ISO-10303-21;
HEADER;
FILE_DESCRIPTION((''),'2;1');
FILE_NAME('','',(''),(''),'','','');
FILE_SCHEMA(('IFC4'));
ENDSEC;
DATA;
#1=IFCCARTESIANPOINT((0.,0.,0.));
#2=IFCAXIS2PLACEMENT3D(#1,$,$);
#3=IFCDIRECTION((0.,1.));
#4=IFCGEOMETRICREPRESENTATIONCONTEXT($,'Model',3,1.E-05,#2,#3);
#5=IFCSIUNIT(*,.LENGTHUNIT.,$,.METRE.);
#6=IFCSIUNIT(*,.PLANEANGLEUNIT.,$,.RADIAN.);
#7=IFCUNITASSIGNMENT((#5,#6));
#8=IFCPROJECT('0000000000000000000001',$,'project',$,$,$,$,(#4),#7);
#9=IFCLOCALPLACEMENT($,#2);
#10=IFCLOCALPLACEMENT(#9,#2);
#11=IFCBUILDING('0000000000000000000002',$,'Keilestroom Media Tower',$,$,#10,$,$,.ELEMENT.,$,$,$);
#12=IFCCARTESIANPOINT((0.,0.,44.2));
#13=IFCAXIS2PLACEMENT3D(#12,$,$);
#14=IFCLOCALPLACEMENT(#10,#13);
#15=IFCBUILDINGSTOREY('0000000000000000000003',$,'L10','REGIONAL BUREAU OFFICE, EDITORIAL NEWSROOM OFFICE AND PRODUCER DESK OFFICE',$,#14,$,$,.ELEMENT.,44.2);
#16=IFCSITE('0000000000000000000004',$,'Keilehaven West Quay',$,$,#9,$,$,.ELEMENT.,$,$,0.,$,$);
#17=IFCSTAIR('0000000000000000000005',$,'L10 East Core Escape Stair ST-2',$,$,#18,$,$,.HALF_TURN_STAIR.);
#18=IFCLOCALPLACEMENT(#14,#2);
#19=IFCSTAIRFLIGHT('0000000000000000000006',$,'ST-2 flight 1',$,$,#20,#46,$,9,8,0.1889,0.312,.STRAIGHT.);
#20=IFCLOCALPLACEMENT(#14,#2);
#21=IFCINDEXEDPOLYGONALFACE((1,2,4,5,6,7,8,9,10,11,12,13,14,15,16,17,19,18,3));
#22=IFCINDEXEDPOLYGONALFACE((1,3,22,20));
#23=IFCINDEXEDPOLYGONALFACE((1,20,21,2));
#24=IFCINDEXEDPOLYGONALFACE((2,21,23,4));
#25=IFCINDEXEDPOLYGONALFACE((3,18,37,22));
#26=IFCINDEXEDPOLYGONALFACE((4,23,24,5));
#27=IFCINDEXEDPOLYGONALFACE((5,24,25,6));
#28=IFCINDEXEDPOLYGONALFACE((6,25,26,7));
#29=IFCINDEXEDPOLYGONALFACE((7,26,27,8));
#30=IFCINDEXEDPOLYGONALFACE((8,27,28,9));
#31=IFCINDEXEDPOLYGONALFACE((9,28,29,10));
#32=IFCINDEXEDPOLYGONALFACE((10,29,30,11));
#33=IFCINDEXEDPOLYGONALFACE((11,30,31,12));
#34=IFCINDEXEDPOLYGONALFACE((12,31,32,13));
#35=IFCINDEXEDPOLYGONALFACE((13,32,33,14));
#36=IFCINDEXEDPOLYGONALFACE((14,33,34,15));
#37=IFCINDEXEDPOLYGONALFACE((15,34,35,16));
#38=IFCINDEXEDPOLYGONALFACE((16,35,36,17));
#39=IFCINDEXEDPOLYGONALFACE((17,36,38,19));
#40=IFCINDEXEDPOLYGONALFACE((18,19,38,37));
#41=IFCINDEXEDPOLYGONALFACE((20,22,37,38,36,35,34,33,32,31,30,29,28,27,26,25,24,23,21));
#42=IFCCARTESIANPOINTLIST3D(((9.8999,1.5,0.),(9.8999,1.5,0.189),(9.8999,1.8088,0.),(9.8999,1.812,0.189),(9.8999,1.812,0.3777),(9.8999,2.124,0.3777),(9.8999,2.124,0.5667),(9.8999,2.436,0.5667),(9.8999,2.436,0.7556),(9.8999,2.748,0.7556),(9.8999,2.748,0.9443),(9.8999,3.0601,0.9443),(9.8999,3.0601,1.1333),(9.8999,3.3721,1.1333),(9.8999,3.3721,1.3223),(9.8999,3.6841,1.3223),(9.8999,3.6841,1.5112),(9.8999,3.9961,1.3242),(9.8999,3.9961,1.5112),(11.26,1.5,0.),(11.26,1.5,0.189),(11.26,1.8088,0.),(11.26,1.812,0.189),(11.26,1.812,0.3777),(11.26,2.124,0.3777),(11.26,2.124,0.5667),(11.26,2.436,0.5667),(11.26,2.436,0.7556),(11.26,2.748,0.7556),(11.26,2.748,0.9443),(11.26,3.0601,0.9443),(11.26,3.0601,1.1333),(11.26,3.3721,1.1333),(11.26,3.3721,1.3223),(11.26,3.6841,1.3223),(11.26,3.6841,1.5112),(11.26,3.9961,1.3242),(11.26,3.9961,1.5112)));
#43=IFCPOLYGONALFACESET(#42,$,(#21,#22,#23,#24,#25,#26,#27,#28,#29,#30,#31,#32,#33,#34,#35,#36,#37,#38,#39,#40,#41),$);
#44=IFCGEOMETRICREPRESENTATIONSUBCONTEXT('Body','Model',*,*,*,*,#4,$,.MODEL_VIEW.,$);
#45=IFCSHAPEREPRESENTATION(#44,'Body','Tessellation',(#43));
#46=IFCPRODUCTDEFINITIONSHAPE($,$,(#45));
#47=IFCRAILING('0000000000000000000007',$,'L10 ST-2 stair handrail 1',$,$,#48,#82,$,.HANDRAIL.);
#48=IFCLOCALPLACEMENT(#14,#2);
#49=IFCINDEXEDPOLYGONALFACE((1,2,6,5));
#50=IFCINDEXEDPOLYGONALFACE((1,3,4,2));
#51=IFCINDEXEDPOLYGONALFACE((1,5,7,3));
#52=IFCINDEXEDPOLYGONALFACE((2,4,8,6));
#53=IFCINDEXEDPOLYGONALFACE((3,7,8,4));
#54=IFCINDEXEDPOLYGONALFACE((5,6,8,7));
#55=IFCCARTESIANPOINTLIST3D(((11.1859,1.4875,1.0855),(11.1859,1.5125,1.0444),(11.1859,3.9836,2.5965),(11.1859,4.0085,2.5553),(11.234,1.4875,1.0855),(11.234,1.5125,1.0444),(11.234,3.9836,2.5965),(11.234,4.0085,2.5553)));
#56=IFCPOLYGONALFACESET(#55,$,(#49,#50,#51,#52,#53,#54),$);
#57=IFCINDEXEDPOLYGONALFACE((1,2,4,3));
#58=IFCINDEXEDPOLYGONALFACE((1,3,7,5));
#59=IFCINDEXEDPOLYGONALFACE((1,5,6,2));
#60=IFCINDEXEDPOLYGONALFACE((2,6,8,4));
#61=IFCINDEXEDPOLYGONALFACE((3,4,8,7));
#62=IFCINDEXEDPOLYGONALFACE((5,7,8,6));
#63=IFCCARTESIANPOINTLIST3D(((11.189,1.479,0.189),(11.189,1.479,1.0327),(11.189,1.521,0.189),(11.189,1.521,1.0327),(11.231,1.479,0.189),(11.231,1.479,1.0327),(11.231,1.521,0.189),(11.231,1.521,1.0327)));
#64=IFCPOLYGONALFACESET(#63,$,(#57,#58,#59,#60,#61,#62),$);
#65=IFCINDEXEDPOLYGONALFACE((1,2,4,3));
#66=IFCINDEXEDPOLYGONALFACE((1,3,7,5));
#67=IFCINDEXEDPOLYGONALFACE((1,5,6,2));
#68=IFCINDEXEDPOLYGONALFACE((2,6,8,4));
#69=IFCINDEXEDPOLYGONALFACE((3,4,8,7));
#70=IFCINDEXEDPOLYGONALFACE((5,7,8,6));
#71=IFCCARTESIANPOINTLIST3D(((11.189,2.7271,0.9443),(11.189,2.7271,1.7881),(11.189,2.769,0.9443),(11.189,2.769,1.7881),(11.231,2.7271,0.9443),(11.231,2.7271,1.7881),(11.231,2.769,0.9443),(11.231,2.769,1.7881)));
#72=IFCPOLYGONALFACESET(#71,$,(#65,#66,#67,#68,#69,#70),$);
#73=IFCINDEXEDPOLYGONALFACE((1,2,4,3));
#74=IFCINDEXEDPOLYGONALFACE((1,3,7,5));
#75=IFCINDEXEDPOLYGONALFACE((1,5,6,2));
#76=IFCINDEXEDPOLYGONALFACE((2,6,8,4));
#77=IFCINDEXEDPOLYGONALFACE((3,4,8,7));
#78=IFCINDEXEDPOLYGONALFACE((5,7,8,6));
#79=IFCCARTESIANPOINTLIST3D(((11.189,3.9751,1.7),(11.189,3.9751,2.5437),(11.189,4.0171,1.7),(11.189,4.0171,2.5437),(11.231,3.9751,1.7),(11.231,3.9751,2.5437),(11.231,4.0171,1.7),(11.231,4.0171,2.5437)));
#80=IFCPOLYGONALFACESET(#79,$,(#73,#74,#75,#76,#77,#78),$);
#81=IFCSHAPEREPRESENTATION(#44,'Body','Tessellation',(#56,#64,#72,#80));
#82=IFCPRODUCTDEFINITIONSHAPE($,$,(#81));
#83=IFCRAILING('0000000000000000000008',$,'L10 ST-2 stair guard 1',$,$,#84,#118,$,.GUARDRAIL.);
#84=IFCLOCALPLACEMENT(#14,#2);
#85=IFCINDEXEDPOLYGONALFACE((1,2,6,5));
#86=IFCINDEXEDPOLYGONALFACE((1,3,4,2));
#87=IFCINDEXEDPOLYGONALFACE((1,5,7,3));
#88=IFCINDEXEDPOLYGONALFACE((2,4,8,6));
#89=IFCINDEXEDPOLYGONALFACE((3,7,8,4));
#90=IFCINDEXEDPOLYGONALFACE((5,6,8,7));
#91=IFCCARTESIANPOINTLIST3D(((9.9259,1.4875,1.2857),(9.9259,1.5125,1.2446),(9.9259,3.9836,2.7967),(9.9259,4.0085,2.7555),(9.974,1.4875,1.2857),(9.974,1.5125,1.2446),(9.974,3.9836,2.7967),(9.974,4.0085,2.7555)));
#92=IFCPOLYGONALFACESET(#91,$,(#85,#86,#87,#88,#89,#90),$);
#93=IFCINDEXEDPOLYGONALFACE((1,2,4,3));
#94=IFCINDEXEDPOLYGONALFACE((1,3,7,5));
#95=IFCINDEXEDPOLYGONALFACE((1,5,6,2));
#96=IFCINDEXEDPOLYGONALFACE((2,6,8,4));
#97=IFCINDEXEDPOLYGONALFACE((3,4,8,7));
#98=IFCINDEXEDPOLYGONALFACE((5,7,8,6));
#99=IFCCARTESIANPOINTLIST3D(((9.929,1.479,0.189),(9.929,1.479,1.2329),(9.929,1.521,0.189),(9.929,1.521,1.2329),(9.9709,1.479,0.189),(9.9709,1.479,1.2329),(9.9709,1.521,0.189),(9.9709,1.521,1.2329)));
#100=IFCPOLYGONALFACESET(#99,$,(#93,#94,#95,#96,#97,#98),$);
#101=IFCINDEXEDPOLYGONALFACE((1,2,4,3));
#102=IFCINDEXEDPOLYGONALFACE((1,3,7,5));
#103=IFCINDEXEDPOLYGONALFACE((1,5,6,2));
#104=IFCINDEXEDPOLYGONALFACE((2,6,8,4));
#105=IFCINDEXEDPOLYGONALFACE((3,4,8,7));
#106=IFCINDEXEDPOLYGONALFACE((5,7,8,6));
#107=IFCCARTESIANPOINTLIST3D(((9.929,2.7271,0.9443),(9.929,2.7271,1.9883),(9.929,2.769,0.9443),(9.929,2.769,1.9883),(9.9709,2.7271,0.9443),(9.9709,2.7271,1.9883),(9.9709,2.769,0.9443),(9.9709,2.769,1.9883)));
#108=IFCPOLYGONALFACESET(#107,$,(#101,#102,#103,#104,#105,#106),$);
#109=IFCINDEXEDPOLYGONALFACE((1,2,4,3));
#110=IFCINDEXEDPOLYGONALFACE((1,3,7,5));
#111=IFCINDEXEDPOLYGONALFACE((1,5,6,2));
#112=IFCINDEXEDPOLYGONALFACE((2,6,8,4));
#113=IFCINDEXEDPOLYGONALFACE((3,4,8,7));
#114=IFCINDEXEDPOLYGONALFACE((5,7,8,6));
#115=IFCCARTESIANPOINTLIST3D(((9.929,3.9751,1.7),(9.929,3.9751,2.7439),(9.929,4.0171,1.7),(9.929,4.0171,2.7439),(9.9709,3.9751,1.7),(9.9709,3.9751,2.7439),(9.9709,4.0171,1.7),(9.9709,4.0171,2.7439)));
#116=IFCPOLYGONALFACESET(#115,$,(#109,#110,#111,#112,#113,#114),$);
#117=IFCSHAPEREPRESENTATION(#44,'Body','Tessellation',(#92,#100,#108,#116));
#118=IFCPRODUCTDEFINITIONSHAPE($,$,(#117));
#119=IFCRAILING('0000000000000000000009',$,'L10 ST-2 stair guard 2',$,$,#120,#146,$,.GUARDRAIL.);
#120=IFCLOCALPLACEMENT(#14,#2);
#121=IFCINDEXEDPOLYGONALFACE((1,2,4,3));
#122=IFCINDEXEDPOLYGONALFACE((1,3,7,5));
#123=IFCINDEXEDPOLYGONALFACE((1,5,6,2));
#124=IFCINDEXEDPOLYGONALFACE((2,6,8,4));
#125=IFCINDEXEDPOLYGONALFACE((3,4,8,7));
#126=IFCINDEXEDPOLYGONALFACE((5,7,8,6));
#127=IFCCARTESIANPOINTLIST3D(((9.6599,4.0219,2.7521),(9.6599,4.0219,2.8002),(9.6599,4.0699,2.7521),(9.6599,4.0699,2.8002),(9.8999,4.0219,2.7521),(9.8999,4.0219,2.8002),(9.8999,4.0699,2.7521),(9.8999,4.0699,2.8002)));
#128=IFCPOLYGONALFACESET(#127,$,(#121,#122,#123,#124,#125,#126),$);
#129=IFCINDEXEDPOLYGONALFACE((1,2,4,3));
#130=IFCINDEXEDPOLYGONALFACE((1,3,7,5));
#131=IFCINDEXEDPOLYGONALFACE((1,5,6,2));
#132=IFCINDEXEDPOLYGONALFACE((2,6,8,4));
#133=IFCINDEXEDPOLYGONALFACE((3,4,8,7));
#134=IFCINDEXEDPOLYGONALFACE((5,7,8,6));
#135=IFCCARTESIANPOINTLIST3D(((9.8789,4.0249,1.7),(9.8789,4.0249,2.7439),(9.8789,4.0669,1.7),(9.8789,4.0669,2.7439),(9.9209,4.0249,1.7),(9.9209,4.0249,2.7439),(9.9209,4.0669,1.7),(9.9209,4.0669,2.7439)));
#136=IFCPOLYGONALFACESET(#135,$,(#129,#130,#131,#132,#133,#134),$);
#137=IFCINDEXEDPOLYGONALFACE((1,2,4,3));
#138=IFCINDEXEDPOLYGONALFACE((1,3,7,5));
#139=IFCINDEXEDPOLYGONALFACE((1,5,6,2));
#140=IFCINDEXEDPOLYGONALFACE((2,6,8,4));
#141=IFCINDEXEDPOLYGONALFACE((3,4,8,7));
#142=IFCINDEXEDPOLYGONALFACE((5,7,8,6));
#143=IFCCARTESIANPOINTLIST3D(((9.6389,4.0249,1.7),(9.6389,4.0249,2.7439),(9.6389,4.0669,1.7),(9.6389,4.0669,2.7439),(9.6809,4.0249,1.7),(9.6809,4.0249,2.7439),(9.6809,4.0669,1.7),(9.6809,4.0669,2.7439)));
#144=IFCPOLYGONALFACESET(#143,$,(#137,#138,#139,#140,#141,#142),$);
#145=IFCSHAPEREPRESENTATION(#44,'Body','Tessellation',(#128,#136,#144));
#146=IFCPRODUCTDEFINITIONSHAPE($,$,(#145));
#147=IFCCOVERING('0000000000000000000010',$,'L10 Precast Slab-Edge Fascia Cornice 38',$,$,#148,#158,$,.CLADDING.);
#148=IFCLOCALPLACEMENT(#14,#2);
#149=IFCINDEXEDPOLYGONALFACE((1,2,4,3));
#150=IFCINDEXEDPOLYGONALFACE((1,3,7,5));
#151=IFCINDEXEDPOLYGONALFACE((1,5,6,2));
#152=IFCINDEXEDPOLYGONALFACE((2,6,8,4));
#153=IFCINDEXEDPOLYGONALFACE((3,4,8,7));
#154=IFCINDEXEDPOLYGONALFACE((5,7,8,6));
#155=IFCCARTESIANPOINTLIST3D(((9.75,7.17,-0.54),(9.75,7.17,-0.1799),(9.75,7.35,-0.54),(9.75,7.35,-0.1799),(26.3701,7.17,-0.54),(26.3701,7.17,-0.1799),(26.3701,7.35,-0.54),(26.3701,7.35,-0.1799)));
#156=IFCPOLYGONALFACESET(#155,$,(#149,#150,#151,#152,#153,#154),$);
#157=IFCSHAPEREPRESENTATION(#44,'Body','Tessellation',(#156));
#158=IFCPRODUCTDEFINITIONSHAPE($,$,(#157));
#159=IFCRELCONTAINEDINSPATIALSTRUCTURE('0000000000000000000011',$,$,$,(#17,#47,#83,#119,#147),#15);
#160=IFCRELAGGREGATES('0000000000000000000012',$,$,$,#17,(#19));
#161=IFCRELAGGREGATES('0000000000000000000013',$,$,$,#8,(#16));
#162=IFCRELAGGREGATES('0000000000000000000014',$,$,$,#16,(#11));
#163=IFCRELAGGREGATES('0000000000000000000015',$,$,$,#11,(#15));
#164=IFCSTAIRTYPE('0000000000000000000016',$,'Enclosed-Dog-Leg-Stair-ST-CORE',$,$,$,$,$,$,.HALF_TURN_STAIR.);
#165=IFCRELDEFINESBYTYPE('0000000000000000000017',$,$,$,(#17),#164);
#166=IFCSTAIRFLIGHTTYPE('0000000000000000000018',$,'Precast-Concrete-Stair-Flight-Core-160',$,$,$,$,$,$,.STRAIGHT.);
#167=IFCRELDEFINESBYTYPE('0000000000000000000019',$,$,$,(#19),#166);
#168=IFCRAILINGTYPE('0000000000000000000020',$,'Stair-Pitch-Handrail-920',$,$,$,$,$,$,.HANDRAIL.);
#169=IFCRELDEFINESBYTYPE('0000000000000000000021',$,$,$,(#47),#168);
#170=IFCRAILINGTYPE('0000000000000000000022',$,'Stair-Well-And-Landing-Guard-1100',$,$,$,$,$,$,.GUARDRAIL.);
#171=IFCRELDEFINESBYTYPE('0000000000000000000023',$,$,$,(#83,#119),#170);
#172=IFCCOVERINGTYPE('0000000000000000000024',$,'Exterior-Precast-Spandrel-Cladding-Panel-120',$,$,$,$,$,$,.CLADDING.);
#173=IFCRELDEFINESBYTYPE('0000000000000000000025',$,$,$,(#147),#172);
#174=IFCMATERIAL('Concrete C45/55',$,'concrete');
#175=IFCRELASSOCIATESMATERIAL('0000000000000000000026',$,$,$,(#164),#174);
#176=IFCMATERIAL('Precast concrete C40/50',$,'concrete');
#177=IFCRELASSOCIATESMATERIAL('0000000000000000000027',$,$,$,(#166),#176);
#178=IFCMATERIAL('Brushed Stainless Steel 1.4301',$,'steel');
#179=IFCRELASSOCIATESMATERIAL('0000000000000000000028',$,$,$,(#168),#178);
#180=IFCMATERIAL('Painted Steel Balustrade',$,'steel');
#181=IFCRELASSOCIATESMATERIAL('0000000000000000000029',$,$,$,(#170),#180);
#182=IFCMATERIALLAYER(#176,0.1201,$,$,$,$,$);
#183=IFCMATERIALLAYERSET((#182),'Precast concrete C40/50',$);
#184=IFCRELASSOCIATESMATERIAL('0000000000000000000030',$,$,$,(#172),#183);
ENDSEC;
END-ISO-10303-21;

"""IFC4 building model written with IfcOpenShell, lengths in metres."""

from ifc_helpers import new_model, si_unit, direction, frame, origin, origin_2d, place, context, subcontext, project, spatial, polyline, rectangle, outline, extrude, source, transform, mapped, material, layer, layer_set, type_object, element, aggregate, save


model = new_model("IFC4")

# Units and contexts
model_context = context("Model", 3, precision=1e-05, world=origin(), true_north=direction((0.0, 1.0)))
body_context = subcontext(model_context, "Body", "Model", "MODEL_VIEW")
ifc_project = project(units=[si_unit("LENGTHUNIT", "METRE"), si_unit("PLANEANGLEUNIT", "RADIAN")], contexts=[model_context])

# Site, building, storey
site_placement = place(None, origin())
site = spatial("IfcSite", under=ifc_project, at=site_placement, Name="Keilehaven West Quay", CompositionType="ELEMENT", RefElevation=0.0)
building_placement = place(site_placement, origin())
building = spatial("IfcBuilding", under=site, at=building_placement, Name="Keilestroom Media Tower", CompositionType="ELEMENT")
storey_placement = place(building_placement, frame((0.0, 0.0, 44.2)))
storey = spatial("IfcBuildingStorey", under=building, at=storey_placement, Name="L10", Description="REGIONAL BUREAU OFFICE, EDITORIAL NEWSROOM OFFICE AND PRODUCER DESK OFFICE", CompositionType="ELEMENT", Elevation=44.2)

# Shared definitions
ifc_material_1 = material(Name="Precast concrete C40/50", Category="concrete")

# Stair, stair flight
ifc_material_2 = material(Name="Concrete C45/55", Category="concrete")
stair_type = type_object("IfcStairType", Name="Enclosed-Dog-Leg-Stair-ST-CORE", PredefinedType="HALF_TURN_STAIR", material=ifc_material_2)
stair_placement = place(storey_placement, origin())
stair = element("IfcStair", 1, at=stair_placement, inside=storey, type_object=stair_type, Name="L10 East Core Escape Stair ST-2", PredefinedType="HALF_TURN_STAIR")
stair_flight_type = type_object("IfcStairFlightType", Name="Precast-Concrete-Stair-Flight-Core-160", PredefinedType="STRAIGHT", material=ifc_material_1)
stair_flight_placement = place(storey_placement, frame((10.5801, 1.5, 0.0), z_axis=(0.0, 0.0, 1.0), x_axis=(0.0, 1.0, 0.0)))
stair_flight = element("IfcStairFlight", 2, at=stair_flight_placement, type_object=stair_flight_type, Name="ST-2 flight 1", NumberOfRisers=9, NumberOfTreads=8, PredefinedType="STRAIGHT", RiserHeight=0.1889, TreadLength=0.312, context=body_context, shape_type="SweptSolid", body=[
    extrude(outline(polyline([(0.0, 0.0), (0.0, 0.189), (0.312, 0.189), (0.312, 0.3777), (0.624, 0.3777), (0.624, 0.5667), (0.936, 0.5667), (0.936, 0.7556), (1.248, 0.7556), (1.248, 0.9443), (1.5601, 0.9443), (1.5601, 1.1333), (1.8721, 1.1333), (1.8721, 1.3223), (2.1841, 1.3223), (2.1841, 1.5112), (2.4961, 1.5112), (2.4961, 1.7), (2.4961, 1.3242), (0.3088, 0.0), (0.0, 0.0)])), frame((0.0, 0.6802, 0.0), z_axis=(0.0, -1.0, 0.0), x_axis=(1.0, 0.0, 0.0)), (0.0, 0.0, 1.0), 1.3601),
])
aggregate(stair, [stair_flight])

# Railings
ifc_material_3 = material(Name="Brushed Stainless Steel 1.4301", Category="steel")
railing_type_1 = type_object("IfcRailingType", Name="Stair-Pitch-Handrail-920", PredefinedType="HANDRAIL", material=ifc_material_3)
railing_1_placement = place(storey_placement, frame((11.21, 1.5, 0.189)))
element("IfcRailing", 3, at=railing_1_placement, inside=storey, type_object=railing_type_1, Name="L10 ST-2 stair handrail 1", PredefinedType="HANDRAIL", context=body_context, shape_type="SweptSolid", body=[
    extrude(rectangle(XDim=0.0481, YDim=0.0481, at=origin_2d()), frame((0.0, 0.0, 0.876), z_axis=(0.0, 0.855471, 0.517851), x_axis=(-1.0, 0.0, 0.0)), (0.0, 0.0, 1.0), 2.9177),
    extrude(rectangle(XDim=0.042, YDim=0.042, at=origin_2d()), origin(), (0.0, 0.0, 1.0), 0.8438),
    extrude(rectangle(XDim=0.042, YDim=0.042, at=origin_2d()), frame((0.0, 1.248, 0.7554)), (0.0, 0.0, 1.0), 0.8438),
    extrude(rectangle(XDim=0.042, YDim=0.042, at=origin_2d()), frame((0.0, 2.4961, 1.511)), (0.0, 0.0, 1.0), 0.8438),
])
ifc_material_4 = material(Name="Painted Steel Balustrade", Category="steel")
railing_type_2 = type_object("IfcRailingType", Name="Stair-Well-And-Landing-Guard-1100", PredefinedType="GUARDRAIL", material=ifc_material_4)
railing_2_placement = place(storey_placement, frame((9.95, 1.5, 0.189)))
element("IfcRailing", 4, at=railing_2_placement, inside=storey, type_object=railing_type_2, Name="L10 ST-2 stair guard 1", PredefinedType="GUARDRAIL", context=body_context, shape_type="SweptSolid", body=[
    extrude(rectangle(XDim=0.0481, YDim=0.0481, at=origin_2d()), frame((0.0, 0.0, 1.0762), z_axis=(0.0, 0.855471, 0.517851), x_axis=(-1.0, 0.0, 0.0)), (0.0, 0.0, 1.0), 2.9177),
    extrude(rectangle(XDim=0.042, YDim=0.042, at=origin_2d()), origin(), (0.0, 0.0, 1.0), 1.0439),
    extrude(rectangle(XDim=0.042, YDim=0.042, at=origin_2d()), frame((0.0, 1.248, 0.7554)), (0.0, 0.0, 1.0), 1.0439),
    extrude(rectangle(XDim=0.042, YDim=0.042, at=origin_2d()), frame((0.0, 2.4961, 1.511)), (0.0, 0.0, 1.0), 1.0439),
])
railing_3_placement = place(storey_placement, frame((9.8999, 4.0459, 1.7)))
element("IfcRailing", 5, at=railing_3_placement, inside=storey, type_object=railing_type_2, Name="L10 ST-2 stair guard 2", PredefinedType="GUARDRAIL", context=body_context, shape_type="SweptSolid", body=[
    extrude(rectangle(XDim=0.0481, YDim=0.0481, at=origin_2d()), frame((0.0, 0.0, 1.0762), z_axis=(-1.0, 0.0, 0.0), x_axis=(0.0, -1.0, 0.0)), (0.0, 0.0, 1.0), 0.24),
    extrude(rectangle(XDim=0.042, YDim=0.042, at=origin_2d()), origin(), (0.0, 0.0, 1.0), 1.0439),
    extrude(rectangle(XDim=0.042, YDim=0.042, at=origin_2d()), frame((-0.24, 0.0, 0.0)), (0.0, 0.0, 1.0), 1.0439),
])

# Covering
ifc_layer_1 = layer(ifc_material_1, 0.1201)
ifc_layer_set_1 = layer_set([ifc_layer_1], Name="Precast concrete C40/50")
covering_type = type_object("IfcCoveringType", Name="Exterior-Precast-Spandrel-Cladding-Panel-120", PredefinedType="CLADDING", material=ifc_layer_set_1)
shared_shape_1 = source(origin(), body_context, "Body", "SweptSolid", [
    extrude(rectangle(XDim=16.6201, YDim=0.1799, at=origin_2d()), origin(), (0.0, 0.0, 1.0), 0.3601),
])
covering_placement = place(storey_placement, frame((18.0601, 7.26, -0.54), z_axis=(0.0, 0.0, 1.0), x_axis=(1.0, 0.0, 0.0)))
element("IfcCovering", 6, at=covering_placement, inside=storey, type_object=covering_type, Name="L10 Precast Slab-Edge Fascia Cornice 38", PredefinedType="CLADDING", context=body_context, shape_type="MappedRepresentation", body=[
    mapped(shared_shape_1, transform((0.0, 0.0, 0.0), x_axis=(1.0, 0.0, 0.0), y_axis=(0.0, 1.0, 0.0), z_axis=(0.0, 0.0, 1.0), scale=1.0)),
])

save(model, "model.ifc")
